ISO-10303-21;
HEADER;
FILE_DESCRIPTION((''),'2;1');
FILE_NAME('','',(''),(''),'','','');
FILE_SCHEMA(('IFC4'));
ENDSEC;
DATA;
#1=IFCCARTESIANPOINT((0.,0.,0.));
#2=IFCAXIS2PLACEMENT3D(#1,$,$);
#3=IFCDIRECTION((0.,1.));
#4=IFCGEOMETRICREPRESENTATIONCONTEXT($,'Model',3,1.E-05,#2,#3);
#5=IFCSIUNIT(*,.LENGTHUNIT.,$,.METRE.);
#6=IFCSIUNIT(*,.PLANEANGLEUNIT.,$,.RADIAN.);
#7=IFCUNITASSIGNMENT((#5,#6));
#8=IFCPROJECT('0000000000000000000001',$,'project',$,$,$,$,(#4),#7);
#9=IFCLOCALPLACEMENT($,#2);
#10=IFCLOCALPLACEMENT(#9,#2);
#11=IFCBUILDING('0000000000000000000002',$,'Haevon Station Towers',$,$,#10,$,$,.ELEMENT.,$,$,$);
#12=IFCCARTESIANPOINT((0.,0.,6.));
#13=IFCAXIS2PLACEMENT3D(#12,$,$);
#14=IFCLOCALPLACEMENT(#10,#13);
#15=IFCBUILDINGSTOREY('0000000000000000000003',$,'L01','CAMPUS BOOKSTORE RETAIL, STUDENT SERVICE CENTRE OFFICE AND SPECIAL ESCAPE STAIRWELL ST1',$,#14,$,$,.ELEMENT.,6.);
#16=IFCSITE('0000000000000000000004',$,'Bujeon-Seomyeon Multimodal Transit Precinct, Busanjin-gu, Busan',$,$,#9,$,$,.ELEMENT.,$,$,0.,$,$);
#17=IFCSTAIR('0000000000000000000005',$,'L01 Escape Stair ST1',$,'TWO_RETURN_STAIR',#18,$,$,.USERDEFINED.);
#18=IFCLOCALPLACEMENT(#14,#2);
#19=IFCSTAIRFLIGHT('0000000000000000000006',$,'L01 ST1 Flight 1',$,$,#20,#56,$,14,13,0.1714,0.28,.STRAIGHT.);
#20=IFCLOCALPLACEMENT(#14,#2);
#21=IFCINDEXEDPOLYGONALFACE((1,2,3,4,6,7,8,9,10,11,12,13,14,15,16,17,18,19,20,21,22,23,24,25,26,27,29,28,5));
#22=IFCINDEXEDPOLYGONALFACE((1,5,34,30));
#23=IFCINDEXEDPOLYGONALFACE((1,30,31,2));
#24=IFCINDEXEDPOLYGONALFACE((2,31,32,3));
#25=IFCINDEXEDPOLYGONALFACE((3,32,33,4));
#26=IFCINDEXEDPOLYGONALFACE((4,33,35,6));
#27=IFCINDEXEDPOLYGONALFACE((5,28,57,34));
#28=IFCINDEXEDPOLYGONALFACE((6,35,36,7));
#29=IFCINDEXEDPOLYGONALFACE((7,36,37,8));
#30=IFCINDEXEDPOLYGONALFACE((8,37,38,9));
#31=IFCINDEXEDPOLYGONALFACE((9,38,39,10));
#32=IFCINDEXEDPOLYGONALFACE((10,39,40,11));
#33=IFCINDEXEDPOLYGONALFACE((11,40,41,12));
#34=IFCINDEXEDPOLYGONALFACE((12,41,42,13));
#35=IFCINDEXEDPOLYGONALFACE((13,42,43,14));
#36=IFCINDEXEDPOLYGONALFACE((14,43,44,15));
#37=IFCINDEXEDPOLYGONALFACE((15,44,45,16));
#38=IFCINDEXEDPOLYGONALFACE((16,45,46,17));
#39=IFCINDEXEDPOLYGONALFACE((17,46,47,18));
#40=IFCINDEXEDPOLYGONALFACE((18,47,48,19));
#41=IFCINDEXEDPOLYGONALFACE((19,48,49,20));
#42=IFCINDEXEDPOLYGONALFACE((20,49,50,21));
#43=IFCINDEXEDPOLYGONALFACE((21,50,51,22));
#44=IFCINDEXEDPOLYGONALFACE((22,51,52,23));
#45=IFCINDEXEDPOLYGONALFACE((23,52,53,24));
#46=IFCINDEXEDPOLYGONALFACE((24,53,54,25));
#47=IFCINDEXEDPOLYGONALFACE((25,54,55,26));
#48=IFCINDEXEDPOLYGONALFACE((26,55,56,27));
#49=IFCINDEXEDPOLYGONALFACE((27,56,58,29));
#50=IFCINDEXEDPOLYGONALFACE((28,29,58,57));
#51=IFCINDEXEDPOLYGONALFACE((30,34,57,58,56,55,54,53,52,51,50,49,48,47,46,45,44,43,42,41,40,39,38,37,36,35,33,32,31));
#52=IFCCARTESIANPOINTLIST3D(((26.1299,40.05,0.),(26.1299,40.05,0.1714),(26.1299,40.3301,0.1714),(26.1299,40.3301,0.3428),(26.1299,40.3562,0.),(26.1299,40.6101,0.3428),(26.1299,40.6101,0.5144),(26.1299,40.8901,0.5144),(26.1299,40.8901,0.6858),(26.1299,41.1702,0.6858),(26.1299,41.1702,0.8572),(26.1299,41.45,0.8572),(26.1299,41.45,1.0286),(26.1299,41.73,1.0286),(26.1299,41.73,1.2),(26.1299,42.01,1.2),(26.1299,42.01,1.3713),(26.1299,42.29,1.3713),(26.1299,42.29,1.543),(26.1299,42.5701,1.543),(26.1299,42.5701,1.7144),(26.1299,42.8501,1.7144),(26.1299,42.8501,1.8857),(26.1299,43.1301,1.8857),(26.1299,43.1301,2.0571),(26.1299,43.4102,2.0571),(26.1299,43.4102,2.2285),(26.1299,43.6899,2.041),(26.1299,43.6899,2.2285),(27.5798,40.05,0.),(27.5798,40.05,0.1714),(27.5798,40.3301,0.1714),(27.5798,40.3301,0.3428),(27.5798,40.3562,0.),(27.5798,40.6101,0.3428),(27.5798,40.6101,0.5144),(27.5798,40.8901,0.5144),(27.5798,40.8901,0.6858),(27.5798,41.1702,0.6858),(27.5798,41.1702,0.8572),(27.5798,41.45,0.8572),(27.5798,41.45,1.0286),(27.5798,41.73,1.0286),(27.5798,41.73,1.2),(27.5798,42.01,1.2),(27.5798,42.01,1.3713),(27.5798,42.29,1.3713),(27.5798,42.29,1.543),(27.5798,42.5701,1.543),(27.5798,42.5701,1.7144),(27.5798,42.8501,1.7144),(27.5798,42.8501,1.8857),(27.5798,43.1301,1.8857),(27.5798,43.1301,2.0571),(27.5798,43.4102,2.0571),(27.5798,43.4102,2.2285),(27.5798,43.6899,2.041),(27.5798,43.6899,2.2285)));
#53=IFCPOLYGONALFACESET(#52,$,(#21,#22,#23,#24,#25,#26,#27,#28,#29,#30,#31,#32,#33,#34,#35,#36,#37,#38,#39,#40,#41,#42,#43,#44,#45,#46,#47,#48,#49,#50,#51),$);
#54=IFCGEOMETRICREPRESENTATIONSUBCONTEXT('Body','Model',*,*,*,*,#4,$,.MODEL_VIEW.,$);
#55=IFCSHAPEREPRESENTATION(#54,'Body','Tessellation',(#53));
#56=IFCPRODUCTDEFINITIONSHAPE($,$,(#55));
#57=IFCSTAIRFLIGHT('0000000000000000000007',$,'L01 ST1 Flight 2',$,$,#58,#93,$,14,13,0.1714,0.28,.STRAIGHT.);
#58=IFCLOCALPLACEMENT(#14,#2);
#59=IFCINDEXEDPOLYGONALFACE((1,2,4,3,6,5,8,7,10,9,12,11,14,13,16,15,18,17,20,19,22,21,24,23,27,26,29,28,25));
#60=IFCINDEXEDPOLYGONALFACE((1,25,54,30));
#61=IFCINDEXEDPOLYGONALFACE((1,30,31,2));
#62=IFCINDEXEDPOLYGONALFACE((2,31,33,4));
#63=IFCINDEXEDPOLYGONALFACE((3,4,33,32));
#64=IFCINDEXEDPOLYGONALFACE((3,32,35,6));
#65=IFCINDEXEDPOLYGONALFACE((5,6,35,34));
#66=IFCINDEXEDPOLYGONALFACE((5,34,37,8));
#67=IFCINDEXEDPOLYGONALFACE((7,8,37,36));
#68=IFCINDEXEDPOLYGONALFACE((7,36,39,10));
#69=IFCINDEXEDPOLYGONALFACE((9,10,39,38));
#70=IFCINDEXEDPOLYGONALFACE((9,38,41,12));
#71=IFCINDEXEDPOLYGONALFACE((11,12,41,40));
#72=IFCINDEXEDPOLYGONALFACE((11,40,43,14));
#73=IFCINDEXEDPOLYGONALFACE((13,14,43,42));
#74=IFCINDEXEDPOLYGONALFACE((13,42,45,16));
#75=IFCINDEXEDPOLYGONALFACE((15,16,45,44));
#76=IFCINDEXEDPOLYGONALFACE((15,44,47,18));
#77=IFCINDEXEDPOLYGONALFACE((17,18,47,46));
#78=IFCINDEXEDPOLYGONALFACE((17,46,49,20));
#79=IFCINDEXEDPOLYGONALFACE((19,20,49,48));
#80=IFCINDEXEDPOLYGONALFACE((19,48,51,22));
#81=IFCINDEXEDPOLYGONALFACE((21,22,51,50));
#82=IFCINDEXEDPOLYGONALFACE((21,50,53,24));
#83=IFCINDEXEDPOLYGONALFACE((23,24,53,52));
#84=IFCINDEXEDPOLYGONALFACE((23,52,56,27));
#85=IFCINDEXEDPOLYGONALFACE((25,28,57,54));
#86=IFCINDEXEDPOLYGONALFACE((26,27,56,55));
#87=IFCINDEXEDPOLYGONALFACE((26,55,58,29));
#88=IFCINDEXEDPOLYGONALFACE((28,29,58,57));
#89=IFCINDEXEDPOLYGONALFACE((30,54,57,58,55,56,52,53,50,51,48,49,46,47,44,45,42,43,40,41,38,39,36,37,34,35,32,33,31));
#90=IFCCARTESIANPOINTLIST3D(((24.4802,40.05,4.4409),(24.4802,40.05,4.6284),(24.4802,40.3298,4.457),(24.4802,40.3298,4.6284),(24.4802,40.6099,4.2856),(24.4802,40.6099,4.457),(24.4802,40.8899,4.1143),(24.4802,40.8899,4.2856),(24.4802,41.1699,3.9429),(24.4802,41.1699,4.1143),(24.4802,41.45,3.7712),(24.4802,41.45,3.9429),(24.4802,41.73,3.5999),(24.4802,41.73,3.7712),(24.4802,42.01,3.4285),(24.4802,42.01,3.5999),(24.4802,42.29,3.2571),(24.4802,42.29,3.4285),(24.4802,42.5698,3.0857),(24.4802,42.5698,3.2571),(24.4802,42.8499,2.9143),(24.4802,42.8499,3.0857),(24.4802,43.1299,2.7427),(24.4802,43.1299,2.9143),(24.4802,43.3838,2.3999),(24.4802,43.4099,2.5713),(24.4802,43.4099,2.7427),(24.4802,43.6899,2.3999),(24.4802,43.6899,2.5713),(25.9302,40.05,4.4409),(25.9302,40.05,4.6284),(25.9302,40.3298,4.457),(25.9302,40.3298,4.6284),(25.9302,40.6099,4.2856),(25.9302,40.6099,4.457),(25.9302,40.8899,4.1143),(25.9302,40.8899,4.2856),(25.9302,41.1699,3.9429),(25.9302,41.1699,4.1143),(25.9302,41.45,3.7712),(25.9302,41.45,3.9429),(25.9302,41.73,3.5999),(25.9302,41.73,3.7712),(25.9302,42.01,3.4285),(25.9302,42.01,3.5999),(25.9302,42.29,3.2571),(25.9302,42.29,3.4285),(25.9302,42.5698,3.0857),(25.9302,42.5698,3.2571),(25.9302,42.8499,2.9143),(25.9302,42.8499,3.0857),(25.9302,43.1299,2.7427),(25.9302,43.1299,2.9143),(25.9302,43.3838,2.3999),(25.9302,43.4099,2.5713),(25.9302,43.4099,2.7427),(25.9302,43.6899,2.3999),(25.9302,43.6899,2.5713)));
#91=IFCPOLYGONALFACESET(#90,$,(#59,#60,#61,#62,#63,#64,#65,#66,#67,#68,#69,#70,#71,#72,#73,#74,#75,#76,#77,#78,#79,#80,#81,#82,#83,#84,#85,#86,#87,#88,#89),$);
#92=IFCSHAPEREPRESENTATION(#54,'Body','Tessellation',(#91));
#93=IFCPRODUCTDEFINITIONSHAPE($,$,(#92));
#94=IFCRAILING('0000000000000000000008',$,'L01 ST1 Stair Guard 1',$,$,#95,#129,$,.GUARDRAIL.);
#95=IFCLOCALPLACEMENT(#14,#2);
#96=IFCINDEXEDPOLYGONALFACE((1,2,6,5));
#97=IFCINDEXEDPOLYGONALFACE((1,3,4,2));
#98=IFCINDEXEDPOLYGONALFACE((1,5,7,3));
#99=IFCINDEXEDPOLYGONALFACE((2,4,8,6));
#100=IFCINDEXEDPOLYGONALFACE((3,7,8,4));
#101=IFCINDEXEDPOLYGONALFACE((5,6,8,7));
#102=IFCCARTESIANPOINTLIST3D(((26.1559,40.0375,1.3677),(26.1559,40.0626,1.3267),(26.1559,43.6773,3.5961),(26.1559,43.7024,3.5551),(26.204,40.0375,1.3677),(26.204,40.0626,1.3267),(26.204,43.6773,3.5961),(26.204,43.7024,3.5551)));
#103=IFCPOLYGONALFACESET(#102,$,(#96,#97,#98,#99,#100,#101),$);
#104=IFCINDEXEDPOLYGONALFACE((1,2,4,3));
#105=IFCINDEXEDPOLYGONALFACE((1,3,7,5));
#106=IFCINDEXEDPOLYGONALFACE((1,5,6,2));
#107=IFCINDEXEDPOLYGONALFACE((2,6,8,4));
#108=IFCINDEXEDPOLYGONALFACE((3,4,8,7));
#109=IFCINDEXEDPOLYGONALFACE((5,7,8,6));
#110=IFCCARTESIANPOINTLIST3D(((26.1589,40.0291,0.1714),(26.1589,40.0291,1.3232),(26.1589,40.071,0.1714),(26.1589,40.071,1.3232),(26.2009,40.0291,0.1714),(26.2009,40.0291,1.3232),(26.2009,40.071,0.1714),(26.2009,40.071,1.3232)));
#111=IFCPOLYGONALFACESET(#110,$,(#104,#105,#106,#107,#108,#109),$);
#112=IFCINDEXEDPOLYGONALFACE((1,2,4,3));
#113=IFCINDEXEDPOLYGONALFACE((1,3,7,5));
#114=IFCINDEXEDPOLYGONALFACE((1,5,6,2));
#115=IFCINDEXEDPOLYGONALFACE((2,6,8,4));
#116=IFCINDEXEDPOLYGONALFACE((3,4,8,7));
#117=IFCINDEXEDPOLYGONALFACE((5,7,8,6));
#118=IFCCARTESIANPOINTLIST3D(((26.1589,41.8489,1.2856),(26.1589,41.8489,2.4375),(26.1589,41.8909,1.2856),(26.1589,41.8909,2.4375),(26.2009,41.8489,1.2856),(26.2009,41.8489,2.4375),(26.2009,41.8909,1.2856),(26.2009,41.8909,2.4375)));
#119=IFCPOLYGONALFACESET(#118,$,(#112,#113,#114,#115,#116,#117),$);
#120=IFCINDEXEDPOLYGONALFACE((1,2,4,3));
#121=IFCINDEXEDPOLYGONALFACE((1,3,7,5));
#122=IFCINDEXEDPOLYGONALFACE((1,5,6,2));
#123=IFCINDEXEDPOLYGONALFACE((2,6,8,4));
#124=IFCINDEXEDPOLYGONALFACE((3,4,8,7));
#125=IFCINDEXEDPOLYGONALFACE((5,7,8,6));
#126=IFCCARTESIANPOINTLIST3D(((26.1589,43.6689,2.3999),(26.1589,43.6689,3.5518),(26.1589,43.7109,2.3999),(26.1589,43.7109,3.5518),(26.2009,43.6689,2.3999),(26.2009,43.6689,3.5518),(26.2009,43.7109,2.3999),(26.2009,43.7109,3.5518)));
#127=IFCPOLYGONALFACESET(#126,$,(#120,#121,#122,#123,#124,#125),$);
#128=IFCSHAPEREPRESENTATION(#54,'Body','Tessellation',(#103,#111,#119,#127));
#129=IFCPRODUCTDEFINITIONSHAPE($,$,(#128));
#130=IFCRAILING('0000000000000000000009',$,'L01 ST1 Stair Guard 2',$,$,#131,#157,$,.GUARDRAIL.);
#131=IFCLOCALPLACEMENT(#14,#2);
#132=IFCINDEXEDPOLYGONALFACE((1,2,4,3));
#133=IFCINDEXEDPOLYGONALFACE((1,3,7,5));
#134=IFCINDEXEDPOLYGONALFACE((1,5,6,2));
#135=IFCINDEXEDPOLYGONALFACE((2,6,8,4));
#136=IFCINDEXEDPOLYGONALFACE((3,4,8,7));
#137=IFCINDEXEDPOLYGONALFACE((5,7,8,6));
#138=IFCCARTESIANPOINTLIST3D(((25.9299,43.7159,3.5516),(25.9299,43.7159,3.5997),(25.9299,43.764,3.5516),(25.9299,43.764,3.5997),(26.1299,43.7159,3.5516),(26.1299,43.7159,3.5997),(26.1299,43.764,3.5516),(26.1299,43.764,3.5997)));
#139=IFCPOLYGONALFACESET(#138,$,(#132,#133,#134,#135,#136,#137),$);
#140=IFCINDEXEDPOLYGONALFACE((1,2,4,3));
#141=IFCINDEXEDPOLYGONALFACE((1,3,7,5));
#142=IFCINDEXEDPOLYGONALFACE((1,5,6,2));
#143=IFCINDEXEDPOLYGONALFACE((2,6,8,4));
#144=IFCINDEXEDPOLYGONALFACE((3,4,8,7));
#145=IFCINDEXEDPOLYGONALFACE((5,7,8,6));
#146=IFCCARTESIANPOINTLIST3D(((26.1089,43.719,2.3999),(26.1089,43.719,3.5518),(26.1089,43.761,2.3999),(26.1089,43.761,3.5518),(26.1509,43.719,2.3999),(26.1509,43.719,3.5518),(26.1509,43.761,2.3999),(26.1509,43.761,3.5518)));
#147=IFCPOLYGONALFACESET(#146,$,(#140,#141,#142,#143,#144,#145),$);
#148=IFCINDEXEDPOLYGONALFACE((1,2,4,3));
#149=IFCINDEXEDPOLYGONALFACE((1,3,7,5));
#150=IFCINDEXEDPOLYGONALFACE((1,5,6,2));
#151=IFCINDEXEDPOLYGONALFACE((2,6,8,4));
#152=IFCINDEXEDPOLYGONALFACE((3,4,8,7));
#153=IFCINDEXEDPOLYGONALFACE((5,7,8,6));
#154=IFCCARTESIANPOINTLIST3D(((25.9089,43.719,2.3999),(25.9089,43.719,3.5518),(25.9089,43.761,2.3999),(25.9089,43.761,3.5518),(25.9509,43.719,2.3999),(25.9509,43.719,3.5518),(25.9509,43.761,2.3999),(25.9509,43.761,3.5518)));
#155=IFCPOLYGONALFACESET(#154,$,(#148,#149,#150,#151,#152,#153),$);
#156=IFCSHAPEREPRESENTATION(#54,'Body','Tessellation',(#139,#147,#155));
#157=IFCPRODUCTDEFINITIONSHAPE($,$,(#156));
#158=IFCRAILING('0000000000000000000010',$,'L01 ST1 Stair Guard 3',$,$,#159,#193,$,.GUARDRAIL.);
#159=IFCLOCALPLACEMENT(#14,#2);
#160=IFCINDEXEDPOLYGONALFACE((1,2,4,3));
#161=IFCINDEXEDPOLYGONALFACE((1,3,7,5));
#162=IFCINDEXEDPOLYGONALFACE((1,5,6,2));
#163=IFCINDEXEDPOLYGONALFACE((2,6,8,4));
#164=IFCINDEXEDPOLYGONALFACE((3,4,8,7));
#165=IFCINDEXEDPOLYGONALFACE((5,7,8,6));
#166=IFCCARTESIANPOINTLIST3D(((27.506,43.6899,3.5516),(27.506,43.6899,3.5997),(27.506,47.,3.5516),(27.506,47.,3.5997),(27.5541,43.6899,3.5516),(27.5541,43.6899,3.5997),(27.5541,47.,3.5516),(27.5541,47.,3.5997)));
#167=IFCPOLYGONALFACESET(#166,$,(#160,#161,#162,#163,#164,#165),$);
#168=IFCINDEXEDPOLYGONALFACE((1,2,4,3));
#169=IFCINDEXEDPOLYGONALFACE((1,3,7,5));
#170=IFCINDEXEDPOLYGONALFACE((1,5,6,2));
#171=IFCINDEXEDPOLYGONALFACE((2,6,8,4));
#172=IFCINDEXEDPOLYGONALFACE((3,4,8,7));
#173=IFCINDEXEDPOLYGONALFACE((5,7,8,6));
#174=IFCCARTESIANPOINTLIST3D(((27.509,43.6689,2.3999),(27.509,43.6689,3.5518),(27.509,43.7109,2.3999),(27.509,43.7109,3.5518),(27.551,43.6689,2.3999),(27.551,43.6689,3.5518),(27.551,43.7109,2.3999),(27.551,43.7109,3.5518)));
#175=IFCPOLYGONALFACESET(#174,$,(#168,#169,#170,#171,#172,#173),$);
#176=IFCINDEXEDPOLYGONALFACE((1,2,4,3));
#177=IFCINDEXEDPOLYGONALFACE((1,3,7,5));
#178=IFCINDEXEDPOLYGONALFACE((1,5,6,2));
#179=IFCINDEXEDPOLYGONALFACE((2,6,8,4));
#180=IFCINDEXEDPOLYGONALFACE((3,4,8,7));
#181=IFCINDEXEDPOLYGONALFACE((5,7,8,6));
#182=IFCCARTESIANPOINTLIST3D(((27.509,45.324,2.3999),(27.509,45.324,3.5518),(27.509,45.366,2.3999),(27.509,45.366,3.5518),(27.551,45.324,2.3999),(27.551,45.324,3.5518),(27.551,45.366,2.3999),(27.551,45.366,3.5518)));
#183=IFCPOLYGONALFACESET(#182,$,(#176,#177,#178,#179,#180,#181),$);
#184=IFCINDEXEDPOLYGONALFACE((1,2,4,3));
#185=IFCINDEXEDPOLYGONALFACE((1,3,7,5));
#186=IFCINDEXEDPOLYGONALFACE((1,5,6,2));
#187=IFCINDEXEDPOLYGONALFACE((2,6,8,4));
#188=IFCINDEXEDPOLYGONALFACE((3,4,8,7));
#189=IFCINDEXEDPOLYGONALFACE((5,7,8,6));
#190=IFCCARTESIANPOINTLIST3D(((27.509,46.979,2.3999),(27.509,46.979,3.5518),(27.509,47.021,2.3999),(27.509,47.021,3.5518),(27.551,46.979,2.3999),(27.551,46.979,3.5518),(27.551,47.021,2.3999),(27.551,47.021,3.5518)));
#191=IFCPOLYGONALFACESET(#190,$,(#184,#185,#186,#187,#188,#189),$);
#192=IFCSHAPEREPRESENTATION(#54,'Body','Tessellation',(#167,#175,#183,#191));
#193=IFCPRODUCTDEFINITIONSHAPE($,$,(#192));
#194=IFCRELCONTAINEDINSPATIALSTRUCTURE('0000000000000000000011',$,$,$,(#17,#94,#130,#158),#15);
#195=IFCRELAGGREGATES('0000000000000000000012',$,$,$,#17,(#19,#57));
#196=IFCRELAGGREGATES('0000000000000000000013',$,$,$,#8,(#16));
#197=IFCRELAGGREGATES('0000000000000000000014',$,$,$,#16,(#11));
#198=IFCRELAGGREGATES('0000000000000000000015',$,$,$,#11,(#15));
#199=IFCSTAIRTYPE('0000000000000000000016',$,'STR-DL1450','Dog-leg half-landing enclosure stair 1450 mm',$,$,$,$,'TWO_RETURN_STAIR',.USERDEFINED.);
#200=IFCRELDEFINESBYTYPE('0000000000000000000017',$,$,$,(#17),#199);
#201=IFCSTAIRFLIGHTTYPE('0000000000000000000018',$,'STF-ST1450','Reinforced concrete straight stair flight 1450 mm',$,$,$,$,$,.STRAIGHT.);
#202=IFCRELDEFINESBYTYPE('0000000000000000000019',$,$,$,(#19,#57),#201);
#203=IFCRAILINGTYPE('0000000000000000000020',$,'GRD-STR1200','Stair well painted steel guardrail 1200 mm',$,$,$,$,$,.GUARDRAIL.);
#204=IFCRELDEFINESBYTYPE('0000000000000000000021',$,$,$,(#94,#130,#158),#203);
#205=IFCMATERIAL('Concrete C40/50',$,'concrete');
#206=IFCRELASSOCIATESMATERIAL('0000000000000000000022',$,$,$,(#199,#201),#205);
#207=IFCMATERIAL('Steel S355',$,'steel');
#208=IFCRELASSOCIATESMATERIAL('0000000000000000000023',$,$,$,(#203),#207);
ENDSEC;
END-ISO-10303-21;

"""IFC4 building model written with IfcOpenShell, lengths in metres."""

from ifc_helpers import new_model, si_unit, direction, frame, origin, origin_2d, place, context, subcontext, project, spatial, polyline, rectangle, outline, extrude, material, type_object, element, aggregate, save


model = new_model("IFC4")

# Units and contexts
model_context = context("Model", 3, precision=1e-05, world=origin(), true_north=direction((0.0, 1.0)))
body_context = subcontext(model_context, "Body", "Model", "MODEL_VIEW")
ifc_project = project(units=[si_unit("LENGTHUNIT", "METRE"), si_unit("PLANEANGLEUNIT", "RADIAN")], contexts=[model_context])

# Site, building, storey
site_placement = place(None, origin())
site = spatial("IfcSite", under=ifc_project, at=site_placement, Name="Bujeon-Seomyeon Multimodal Transit Precinct, Busanjin-gu, Busan", CompositionType="ELEMENT", RefElevation=0.0)
building_placement = place(site_placement, origin())
building = spatial("IfcBuilding", under=site, at=building_placement, Name="Haevon Station Towers", CompositionType="ELEMENT")
storey_placement = place(building_placement, frame((0.0, 0.0, 6.0)))
storey = spatial("IfcBuildingStorey", under=building, at=storey_placement, Name="L01", Description="CAMPUS BOOKSTORE RETAIL, STUDENT SERVICE CENTRE OFFICE AND SPECIAL ESCAPE STAIRWELL ST1", CompositionType="ELEMENT", Elevation=6.0)

# Shared definitions
ifc_material_1 = material(Name="Steel S355", Category="steel")

# Shared definitions
ifc_material_2 = material(Name="Concrete C40/50", Category="concrete")

# Stair, stair flights
stair_type = type_object("IfcStairType", Name="STR-DL1450", Description="Dog-leg half-landing enclosure stair 1450 mm", ElementType="TWO_RETURN_STAIR", PredefinedType="USERDEFINED", material=ifc_material_2)
stair_placement = place(storey_placement, origin())
stair = element("IfcStair", 1, at=stair_placement, inside=storey, type_object=stair_type, Name="L01 Escape Stair ST1", ObjectType="TWO_RETURN_STAIR", PredefinedType="USERDEFINED")
stair_flight_type = type_object("IfcStairFlightType", Name="STF-ST1450", Description="Reinforced concrete straight stair flight 1450 mm", PredefinedType="STRAIGHT", material=ifc_material_2)
stair_flight_1_placement = place(storey_placement, frame((26.855, 40.05, 0.0), z_axis=(0.0, 0.0, 1.0), x_axis=(0.0, 1.0, 0.0)))
stair_flight_1 = element("IfcStairFlight", 2, at=stair_flight_1_placement, type_object=stair_flight_type, Name="L01 ST1 Flight 1", NumberOfRisers=14, NumberOfTreads=13, PredefinedType="STRAIGHT", RiserHeight=0.1714, TreadLength=0.28, context=body_context, shape_type="SweptSolid", body=[
    extrude(outline(polyline([(0.0, 0.0), (0.0, 0.1714), (0.28, 0.1714), (0.28, 0.3428), (0.5601, 0.3428), (0.5601, 0.5144), (0.8401, 0.5144), (0.8401, 0.6858), (1.1201, 0.6858), (1.1201, 0.8572), (1.3999, 0.8572), (1.3999, 1.0286), (1.6799, 1.0286), (1.6799, 1.2), (1.96, 1.2), (1.96, 1.3713), (2.24, 1.3713), (2.24, 1.543), (2.52, 1.543), (2.52, 1.7144), (2.8, 1.7144), (2.8, 1.8857), (3.0801, 1.8857), (3.0801, 2.0571), (3.3601, 2.0571), (3.3601, 2.2285), (3.6399, 2.2285), (3.6399, 2.3999), (3.6399, 2.041), (0.3062, 0.0), (0.0, 0.0)])), frame((0.0, 0.7251, 0.0), z_axis=(0.0, -1.0, 0.0), x_axis=(1.0, 0.0, 0.0)), (0.0, 0.0, 1.0), 1.45),
])
stair_flight_2_placement = place(storey_placement, frame((25.2051, 43.6899, 2.3999), z_axis=(0.0, 0.0, 1.0), x_axis=(0.0, -1.0, 0.0)))
stair_flight_2 = element("IfcStairFlight", 3, at=stair_flight_2_placement, type_object=stair_flight_type, Name="L01 ST1 Flight 2", NumberOfRisers=14, NumberOfTreads=13, PredefinedType="STRAIGHT", RiserHeight=0.1714, TreadLength=0.28, context=body_context, shape_type="SweptSolid", body=[
    extrude(outline(polyline([(0.0, 0.0), (0.0, 0.1714), (0.28, 0.1714), (0.28, 0.3428), (0.5601, 0.3428), (0.5601, 0.5144), (0.8401, 0.5144), (0.8401, 0.6858), (1.1201, 0.6858), (1.1201, 0.8572), (1.3999, 0.8572), (1.3999, 1.0286), (1.6799, 1.0286), (1.6799, 1.2), (1.96, 1.2), (1.96, 1.3713), (2.24, 1.3713), (2.24, 1.543), (2.52, 1.543), (2.52, 1.7144), (2.8, 1.7144), (2.8, 1.8857), (3.0801, 1.8857), (3.0801, 2.0571), (3.3601, 2.0571), (3.3601, 2.2285), (3.6399, 2.2285), (3.6399, 2.3999), (3.6399, 2.041), (0.3062, 0.0), (0.0, 0.0)])), frame((0.0, 0.7251, 0.0), z_axis=(0.0, -1.0, 0.0), x_axis=(1.0, 0.0, 0.0)), (0.0, 0.0, 1.0), 1.45),
])
aggregate(stair, [stair_flight_1, stair_flight_2])

# Railings
railing_type_1 = type_object("IfcRailingType", Name="GRD-STR1200", Description="Stair well painted steel guardrail 1200 mm", PredefinedType="GUARDRAIL", material=ifc_material_1)
railing_1_placement = place(storey_placement, frame((26.1799, 40.05, 0.1714)))
element("IfcRailing", 4, at=railing_1_placement, inside=storey, type_object=railing_type_1, Name="L01 ST1 Stair Guard 1", PredefinedType="GUARDRAIL", context=body_context, shape_type="SweptSolid", body=[
    extrude(rectangle(XDim=0.0481, YDim=0.0481, at=origin_2d()), frame((0.0, 0.0, 1.1758), z_axis=(0.0, 0.85285, 0.522156), x_axis=(-1.0, 0.0, 0.0)), (0.0, 0.0, 1.0), 4.2678),
    extrude(rectangle(XDim=0.042, YDim=0.042, at=origin_2d()), origin(), (0.0, 0.0, 1.0), 1.1519),
    extrude(rectangle(XDim=0.042, YDim=0.042, at=origin_2d()), frame((0.0, 1.8198, 1.1143)), (0.0, 0.0, 1.0), 1.1519),
    extrude(rectangle(XDim=0.042, YDim=0.042, at=origin_2d()), frame((0.0, 3.6399, 2.2285)), (0.0, 0.0, 1.0), 1.1519),
])
railing_2_placement = place(storey_placement, frame((26.1299, 43.74, 2.3999)))
element("IfcRailing", 5, at=railing_2_placement, inside=storey, type_object=railing_type_1, Name="L01 ST1 Stair Guard 2", PredefinedType="GUARDRAIL", context=body_context, shape_type="SweptSolid", body=[
    extrude(rectangle(XDim=0.0481, YDim=0.0481, at=origin_2d()), frame((0.0, 0.0, 1.1758), z_axis=(-1.0, 0.0, 0.0), x_axis=(0.0, -1.0, 0.0)), (0.0, 0.0, 1.0), 0.2),
    extrude(rectangle(XDim=0.042, YDim=0.042, at=origin_2d()), origin(), (0.0, 0.0, 1.0), 1.1519),
    extrude(rectangle(XDim=0.042, YDim=0.042, at=origin_2d()), frame((-0.2, 0.0, 0.0)), (0.0, 0.0, 1.0), 1.1519),
])
for number, where, name in (
    (6, (27.53, 43.6899, 2.3999), "L01 ST1 Stair Guard 3"),
):
    element("IfcRailing", number, at=place(storey_placement, frame(where)), inside=storey, type_object=railing_type_1, Name=name, PredefinedType="GUARDRAIL", context=body_context, shape_type="SweptSolid", body=[
        extrude(rectangle(XDim=0.0481, YDim=0.0481, at=origin_2d()), frame((0.0, 0.0, 1.1758), z_axis=(0.0, 1.0, 0.0), x_axis=(-1.0, 0.0, 0.0)), (0.0, 0.0, 1.0), 3.3101),
        extrude(rectangle(XDim=0.042, YDim=0.042, at=origin_2d()), origin(), (0.0, 0.0, 1.0), 1.1519),
        extrude(rectangle(XDim=0.042, YDim=0.042, at=origin_2d()), frame((0.0, 1.655, 0.0)), (0.0, 0.0, 1.0), 1.1519),
        extrude(rectangle(XDim=0.042, YDim=0.042, at=origin_2d()), frame((0.0, 3.3101, 0.0)), (0.0, 0.0, 1.0), 1.1519),
    ])

save(model, "model.ifc")
